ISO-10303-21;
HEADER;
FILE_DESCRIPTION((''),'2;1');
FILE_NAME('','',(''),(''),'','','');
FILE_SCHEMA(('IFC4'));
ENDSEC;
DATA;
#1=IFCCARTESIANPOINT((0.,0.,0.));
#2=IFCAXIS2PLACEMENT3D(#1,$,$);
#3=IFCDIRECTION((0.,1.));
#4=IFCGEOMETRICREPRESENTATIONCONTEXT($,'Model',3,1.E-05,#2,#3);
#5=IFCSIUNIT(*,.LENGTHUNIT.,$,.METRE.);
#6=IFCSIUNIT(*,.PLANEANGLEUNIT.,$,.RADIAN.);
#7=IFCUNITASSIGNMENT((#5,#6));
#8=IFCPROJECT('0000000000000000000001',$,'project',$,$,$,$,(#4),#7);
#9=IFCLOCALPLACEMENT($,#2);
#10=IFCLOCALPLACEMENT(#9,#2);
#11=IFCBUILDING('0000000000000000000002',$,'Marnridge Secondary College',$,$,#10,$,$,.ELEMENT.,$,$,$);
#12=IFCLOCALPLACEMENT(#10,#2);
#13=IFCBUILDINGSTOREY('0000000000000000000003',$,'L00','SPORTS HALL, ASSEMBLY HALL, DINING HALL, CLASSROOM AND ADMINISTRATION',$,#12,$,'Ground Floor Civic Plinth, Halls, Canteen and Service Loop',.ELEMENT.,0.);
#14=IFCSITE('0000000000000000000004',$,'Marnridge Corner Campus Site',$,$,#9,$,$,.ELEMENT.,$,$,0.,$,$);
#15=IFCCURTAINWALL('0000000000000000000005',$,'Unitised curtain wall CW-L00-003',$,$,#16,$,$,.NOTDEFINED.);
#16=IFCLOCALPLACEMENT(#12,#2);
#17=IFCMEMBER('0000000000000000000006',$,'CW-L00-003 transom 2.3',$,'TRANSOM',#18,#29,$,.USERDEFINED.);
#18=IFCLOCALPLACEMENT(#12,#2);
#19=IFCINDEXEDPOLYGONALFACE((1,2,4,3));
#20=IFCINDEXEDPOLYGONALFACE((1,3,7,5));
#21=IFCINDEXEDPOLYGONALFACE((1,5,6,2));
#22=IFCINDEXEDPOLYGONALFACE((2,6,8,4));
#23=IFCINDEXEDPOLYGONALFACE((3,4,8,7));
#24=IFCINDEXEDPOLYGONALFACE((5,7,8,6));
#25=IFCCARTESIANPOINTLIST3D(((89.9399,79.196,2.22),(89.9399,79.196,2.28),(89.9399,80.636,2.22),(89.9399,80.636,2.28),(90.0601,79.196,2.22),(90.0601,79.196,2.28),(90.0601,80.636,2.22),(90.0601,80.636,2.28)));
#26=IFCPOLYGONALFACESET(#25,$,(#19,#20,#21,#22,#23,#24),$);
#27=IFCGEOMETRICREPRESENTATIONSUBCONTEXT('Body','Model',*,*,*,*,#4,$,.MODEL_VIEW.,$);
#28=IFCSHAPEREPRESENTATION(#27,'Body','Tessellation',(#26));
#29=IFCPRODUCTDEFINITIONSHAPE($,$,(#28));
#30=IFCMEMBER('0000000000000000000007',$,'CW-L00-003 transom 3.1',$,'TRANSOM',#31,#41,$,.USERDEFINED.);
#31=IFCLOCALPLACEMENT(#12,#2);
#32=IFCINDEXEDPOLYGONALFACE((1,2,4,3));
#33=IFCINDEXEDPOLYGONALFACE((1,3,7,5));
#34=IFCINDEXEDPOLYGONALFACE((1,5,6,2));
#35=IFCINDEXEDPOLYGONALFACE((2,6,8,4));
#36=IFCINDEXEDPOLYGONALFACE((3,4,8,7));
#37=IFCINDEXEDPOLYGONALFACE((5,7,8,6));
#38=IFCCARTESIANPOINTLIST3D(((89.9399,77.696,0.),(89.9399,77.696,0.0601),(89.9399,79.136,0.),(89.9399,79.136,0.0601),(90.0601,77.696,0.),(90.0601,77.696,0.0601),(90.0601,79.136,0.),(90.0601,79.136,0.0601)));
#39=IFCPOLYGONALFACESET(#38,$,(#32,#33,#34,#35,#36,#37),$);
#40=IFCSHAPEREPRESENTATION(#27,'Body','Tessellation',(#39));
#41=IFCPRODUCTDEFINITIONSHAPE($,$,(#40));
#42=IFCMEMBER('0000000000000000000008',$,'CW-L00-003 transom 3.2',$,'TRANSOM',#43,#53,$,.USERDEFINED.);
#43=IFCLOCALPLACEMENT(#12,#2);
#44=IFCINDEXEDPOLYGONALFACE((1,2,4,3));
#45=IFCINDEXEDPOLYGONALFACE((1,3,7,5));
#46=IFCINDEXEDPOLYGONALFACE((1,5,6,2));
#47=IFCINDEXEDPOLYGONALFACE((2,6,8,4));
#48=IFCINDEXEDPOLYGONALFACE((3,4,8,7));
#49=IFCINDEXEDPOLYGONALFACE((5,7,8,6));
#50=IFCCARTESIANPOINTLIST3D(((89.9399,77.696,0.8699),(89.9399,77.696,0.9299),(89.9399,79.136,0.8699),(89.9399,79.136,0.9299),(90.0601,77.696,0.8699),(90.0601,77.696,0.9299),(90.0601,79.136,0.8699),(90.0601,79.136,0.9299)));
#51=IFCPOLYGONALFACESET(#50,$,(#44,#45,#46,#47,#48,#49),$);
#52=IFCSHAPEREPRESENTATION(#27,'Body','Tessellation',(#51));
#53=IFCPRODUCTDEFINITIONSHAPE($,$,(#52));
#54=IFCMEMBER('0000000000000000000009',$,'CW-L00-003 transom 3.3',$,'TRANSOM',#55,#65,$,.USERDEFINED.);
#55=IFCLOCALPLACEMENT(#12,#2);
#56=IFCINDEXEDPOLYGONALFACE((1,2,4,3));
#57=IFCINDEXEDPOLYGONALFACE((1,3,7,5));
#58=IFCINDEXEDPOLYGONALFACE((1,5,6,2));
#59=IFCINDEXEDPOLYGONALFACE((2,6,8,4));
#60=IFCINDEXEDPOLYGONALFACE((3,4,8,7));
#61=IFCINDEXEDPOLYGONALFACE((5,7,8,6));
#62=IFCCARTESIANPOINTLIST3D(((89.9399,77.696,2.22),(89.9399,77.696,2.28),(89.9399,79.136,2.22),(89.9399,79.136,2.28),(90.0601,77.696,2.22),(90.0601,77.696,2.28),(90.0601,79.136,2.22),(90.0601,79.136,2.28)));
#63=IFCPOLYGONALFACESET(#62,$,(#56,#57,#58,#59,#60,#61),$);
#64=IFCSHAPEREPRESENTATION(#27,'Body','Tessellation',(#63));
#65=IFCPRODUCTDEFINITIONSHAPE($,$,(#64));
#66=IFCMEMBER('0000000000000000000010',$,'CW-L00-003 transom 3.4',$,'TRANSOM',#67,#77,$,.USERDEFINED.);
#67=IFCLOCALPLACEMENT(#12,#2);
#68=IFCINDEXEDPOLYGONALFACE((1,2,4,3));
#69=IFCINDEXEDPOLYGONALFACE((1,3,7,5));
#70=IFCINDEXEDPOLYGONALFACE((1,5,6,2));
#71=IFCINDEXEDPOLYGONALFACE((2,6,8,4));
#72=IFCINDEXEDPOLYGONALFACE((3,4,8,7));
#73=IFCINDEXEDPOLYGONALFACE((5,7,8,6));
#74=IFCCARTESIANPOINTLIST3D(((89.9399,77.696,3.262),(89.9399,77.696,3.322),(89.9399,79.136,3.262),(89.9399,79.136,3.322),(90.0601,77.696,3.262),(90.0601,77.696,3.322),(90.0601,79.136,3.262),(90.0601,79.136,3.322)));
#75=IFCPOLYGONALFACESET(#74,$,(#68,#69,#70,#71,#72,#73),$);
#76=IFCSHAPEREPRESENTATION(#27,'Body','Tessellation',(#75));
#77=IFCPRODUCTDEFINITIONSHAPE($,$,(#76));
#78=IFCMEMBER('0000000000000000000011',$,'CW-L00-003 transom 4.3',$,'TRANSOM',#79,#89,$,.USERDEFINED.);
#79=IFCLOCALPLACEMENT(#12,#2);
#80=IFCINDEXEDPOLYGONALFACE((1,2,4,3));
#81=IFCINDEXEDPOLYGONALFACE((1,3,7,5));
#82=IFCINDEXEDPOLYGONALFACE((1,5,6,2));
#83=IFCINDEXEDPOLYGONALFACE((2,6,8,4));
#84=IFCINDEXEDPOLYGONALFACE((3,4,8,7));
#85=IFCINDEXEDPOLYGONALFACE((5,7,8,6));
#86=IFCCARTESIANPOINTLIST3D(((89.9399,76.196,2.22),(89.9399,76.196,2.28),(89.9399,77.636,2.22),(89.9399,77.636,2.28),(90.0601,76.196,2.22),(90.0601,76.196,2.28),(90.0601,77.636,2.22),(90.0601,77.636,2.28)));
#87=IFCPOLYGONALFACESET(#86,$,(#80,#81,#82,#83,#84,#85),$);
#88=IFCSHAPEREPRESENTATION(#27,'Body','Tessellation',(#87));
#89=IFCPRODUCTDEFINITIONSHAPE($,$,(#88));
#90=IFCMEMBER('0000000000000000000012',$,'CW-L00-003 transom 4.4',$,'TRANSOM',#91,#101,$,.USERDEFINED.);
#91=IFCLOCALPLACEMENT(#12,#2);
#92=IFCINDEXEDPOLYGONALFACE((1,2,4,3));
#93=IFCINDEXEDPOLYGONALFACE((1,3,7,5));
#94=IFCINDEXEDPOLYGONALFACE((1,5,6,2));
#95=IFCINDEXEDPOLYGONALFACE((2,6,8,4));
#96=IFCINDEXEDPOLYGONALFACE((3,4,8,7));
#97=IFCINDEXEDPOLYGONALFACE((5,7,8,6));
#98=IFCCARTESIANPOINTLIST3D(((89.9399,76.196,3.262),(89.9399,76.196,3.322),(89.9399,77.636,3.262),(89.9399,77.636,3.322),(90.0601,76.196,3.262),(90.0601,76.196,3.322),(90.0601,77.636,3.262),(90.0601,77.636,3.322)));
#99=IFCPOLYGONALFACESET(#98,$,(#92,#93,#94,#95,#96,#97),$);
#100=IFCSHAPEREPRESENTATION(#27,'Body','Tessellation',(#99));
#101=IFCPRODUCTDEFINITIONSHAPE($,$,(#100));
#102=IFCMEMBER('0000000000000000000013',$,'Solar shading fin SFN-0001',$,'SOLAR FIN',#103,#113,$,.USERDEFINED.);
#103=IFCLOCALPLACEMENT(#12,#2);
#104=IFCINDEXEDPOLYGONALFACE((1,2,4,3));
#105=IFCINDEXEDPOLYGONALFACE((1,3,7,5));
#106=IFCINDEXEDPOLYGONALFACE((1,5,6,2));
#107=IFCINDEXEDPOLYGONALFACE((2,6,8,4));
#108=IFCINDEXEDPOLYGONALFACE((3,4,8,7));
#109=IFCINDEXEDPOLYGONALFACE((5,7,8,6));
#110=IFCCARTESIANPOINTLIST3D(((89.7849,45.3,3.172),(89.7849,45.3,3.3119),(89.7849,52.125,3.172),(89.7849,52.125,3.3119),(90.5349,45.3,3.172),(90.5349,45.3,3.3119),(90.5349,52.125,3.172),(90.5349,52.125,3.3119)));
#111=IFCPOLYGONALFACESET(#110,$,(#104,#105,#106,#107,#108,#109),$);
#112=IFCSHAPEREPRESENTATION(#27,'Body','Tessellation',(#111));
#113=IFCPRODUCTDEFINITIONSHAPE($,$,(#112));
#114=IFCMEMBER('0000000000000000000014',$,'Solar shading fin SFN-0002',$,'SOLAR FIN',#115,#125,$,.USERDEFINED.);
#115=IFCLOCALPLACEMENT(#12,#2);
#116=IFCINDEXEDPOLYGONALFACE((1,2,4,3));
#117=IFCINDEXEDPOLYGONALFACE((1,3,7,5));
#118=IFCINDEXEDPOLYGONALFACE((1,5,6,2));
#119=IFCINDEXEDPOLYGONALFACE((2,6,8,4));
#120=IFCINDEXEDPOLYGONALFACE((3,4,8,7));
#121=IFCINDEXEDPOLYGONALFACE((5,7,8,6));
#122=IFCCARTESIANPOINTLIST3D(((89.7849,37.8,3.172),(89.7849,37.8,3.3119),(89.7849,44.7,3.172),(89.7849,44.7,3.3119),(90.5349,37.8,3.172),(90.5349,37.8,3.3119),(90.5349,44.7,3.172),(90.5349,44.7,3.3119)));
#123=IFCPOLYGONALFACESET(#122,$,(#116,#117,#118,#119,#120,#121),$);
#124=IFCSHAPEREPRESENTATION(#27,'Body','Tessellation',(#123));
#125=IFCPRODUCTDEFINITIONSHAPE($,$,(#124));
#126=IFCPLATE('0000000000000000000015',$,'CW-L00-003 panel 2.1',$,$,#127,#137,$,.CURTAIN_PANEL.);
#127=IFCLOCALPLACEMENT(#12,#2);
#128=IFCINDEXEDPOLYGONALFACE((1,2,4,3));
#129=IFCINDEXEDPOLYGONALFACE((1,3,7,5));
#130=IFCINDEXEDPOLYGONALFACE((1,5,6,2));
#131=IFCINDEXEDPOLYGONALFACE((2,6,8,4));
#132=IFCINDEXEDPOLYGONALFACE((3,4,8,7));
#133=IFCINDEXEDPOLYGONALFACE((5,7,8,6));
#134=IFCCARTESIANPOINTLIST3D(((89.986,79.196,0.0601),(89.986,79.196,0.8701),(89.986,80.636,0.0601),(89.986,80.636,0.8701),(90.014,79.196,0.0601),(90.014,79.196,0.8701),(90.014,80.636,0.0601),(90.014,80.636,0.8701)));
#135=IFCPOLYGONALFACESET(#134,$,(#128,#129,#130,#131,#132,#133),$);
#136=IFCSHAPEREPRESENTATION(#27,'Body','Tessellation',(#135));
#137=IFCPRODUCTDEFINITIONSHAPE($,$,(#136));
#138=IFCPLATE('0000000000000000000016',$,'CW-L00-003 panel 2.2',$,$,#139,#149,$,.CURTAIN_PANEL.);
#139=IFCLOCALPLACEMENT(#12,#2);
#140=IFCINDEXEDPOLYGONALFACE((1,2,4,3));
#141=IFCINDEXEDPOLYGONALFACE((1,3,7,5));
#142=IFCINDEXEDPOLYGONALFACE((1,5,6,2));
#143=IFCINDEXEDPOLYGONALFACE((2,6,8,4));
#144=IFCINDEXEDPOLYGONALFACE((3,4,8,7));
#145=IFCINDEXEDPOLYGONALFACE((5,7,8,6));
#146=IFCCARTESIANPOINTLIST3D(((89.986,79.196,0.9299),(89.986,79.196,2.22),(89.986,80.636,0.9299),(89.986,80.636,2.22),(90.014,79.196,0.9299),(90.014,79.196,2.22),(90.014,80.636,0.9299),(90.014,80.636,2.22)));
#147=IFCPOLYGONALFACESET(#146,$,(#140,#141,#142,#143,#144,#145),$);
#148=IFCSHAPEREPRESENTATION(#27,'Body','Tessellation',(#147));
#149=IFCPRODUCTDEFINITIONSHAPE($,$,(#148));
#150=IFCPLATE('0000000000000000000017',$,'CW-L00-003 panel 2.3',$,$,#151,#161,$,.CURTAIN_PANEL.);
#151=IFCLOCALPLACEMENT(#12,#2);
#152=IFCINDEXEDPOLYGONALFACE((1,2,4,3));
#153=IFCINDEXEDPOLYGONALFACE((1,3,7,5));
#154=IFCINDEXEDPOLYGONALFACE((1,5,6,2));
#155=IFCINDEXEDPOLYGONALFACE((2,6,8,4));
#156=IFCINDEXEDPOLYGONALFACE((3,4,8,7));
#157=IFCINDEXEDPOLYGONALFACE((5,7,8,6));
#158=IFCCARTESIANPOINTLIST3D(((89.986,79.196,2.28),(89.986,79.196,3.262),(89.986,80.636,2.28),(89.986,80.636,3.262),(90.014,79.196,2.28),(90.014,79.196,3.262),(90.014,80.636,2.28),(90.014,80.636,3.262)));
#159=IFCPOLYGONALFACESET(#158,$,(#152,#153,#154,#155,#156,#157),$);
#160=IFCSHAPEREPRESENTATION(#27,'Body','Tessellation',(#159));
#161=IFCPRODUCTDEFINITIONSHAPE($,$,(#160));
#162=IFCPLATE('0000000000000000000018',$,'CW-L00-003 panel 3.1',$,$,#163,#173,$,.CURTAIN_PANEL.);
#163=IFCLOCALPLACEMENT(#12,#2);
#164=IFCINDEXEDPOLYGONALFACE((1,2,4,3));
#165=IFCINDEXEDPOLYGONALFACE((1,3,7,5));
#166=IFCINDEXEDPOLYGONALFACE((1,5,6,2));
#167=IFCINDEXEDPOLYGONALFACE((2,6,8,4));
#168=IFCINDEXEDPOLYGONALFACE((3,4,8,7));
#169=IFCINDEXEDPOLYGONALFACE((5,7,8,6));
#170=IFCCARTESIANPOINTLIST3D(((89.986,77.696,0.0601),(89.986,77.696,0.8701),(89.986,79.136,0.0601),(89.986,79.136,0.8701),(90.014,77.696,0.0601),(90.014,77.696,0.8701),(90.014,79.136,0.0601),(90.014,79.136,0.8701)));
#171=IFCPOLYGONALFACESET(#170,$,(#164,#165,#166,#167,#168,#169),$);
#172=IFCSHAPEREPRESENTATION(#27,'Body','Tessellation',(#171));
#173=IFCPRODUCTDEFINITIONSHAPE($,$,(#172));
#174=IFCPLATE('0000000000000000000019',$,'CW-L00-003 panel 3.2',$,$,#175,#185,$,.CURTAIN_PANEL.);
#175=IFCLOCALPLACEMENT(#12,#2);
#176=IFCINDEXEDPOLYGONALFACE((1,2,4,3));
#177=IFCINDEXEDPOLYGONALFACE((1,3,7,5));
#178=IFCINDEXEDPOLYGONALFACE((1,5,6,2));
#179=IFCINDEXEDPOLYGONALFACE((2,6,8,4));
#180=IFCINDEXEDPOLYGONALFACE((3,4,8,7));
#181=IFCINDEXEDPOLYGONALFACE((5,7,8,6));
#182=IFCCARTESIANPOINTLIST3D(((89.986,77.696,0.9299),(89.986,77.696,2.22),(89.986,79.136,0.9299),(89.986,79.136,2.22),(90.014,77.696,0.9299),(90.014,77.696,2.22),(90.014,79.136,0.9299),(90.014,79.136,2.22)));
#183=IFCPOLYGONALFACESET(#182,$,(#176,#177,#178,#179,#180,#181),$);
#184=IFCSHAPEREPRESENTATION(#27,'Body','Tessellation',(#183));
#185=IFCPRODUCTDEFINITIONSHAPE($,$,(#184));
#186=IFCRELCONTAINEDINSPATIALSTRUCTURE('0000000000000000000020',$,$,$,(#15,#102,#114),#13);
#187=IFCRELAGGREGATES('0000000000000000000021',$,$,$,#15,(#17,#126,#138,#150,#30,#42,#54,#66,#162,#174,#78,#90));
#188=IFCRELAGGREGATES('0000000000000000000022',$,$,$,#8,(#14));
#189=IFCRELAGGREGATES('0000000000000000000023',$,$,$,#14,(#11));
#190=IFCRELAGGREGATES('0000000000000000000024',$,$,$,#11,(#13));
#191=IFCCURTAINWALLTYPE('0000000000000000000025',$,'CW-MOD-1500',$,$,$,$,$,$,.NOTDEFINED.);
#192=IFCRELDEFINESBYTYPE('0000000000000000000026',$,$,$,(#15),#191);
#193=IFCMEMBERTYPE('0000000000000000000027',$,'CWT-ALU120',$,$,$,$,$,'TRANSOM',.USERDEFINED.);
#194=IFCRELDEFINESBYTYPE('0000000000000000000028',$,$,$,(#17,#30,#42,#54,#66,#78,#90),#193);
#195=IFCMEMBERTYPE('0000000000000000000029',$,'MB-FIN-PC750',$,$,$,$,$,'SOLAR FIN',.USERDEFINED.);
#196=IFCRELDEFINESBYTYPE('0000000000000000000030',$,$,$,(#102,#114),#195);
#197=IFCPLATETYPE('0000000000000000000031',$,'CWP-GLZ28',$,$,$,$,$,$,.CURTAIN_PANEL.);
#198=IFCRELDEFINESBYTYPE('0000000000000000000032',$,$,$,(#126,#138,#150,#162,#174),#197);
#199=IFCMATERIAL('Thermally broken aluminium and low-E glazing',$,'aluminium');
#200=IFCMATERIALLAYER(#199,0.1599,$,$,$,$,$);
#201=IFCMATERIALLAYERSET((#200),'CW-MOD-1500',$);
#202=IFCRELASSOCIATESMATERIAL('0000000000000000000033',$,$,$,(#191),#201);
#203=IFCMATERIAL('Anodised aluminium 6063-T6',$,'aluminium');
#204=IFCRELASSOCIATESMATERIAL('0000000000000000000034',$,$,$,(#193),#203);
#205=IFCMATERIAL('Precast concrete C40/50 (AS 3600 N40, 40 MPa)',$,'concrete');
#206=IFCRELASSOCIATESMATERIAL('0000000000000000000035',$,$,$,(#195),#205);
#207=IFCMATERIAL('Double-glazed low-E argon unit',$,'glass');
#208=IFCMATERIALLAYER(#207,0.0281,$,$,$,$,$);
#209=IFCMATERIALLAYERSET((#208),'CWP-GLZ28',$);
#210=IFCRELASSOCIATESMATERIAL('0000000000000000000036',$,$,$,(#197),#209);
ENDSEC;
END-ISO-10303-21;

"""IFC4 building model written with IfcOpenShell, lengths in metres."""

from ifc_helpers import new_model, si_unit, direction, frame, origin, origin_2d, place, context, subcontext, project, spatial, rectangle, extrude, material, layer, layer_set, material_profile, profile_set, type_object, element, aggregate, save


model = new_model("IFC4")

# Units and contexts
model_context = context("Model", 3, precision=1e-05, world=origin(), true_north=direction((0.0, 1.0)))
body_context = subcontext(model_context, "Body", "Model", "MODEL_VIEW")
ifc_project = project(units=[si_unit("LENGTHUNIT", "METRE"), si_unit("PLANEANGLEUNIT", "RADIAN")], contexts=[model_context])

# Site, building, storey
site_placement = place(None, origin())
site = spatial("IfcSite", under=ifc_project, at=site_placement, Name="Marnridge Corner Campus Site", CompositionType="ELEMENT", RefElevation=0.0)
building_placement = place(site_placement, origin())
building = spatial("IfcBuilding", under=site, at=building_placement, Name="Marnridge Secondary College", CompositionType="ELEMENT")
storey_placement = place(building_placement, origin())
storey = spatial("IfcBuildingStorey", under=building, at=storey_placement, Name="L00", Description="SPORTS HALL, ASSEMBLY HALL, DINING HALL, CLASSROOM AND ADMINISTRATION", LongName="Ground Floor Civic Plinth, Halls, Canteen and Service Loop", CompositionType="ELEMENT", Elevation=0.0)

# Curtain wall, members
ifc_material_1 = material(Name="Thermally broken aluminium and low-E glazing", Category="aluminium")
ifc_layer_1 = layer(ifc_material_1, 0.1599)
ifc_layer_set_1 = layer_set([ifc_layer_1], Name="CW-MOD-1500")
curtain_wall_type = type_object("IfcCurtainWallType", Name="CW-MOD-1500", PredefinedType="NOTDEFINED", material=ifc_layer_set_1)
curtain_wall_placement = place(storey_placement, origin())
curtain_wall = element("IfcCurtainWall", 1, at=curtain_wall_placement, inside=storey, type_object=curtain_wall_type, Name="Unitised curtain wall CW-L00-003", PredefinedType="NOTDEFINED")
ifc_material_2 = material(Name="Anodised aluminium 6063-T6", Category="aluminium")
ifc_material_profile_1 = material_profile(ifc_material_2, rectangle(XDim=0.0601, YDim=0.1201, at=origin_2d()), Name="ALU 60x120")
ifc_profile_set_1 = profile_set([ifc_material_profile_1], Name="Anodised aluminium 6063-T6")
member_type_1 = type_object("IfcMemberType", Name="CWT-ALU120", ElementType="TRANSOM", PredefinedType="USERDEFINED", material=ifc_profile_set_1)
member_1_placement = place(storey_placement, frame((90.0, 80.636, 2.25), z_axis=(0.0, -1.0, 0.0), x_axis=(0.0, 0.0, 1.0)))
member_1 = element("IfcMember", 2, at=member_1_placement, type_object=member_type_1, Name="CW-L00-003 transom 2.3", ObjectType="TRANSOM", PredefinedType="USERDEFINED", context=body_context, shape_type="SweptSolid", body=[
    extrude(rectangle(XDim=0.0601, YDim=0.1201, at=origin_2d()), origin(), (0.0, 0.0, 1.0), 1.4399),
])
member_2_placement = place(storey_placement, frame((90.0, 79.136, 0.03), z_axis=(0.0, -1.0, 0.0), x_axis=(0.0, 0.0, 1.0)))
member_2 = element("IfcMember", 3, at=member_2_placement, type_object=member_type_1, Name="CW-L00-003 transom 3.1", ObjectType="TRANSOM", PredefinedType="USERDEFINED", context=body_context, shape_type="SweptSolid", body=[
    extrude(rectangle(XDim=0.0601, YDim=0.1201, at=origin_2d()), origin(), (0.0, 0.0, 1.0), 1.4399),
])
member_3_placement = place(storey_placement, frame((90.0, 79.136, 0.8999), z_axis=(0.0, -1.0, 0.0), x_axis=(0.0, 0.0, 1.0)))
member_3 = element("IfcMember", 4, at=member_3_placement, type_object=member_type_1, Name="CW-L00-003 transom 3.2", ObjectType="TRANSOM", PredefinedType="USERDEFINED", context=body_context, shape_type="SweptSolid", body=[
    extrude(rectangle(XDim=0.0601, YDim=0.1201, at=origin_2d()), origin(), (0.0, 0.0, 1.0), 1.4399),
])
member_4_placement = place(storey_placement, frame((90.0, 79.136, 2.25), z_axis=(0.0, -1.0, 0.0), x_axis=(0.0, 0.0, 1.0)))
member_4 = element("IfcMember", 5, at=member_4_placement, type_object=member_type_1, Name="CW-L00-003 transom 3.3", ObjectType="TRANSOM", PredefinedType="USERDEFINED", context=body_context, shape_type="SweptSolid", body=[
    extrude(rectangle(XDim=0.0601, YDim=0.1201, at=origin_2d()), origin(), (0.0, 0.0, 1.0), 1.4399),
])
member_5_placement = place(storey_placement, frame((90.0, 79.136, 3.292), z_axis=(0.0, -1.0, 0.0), x_axis=(0.0, 0.0, 1.0)))
member_5 = element("IfcMember", 6, at=member_5_placement, type_object=member_type_1, Name="CW-L00-003 transom 3.4", ObjectType="TRANSOM", PredefinedType="USERDEFINED", context=body_context, shape_type="SweptSolid", body=[
    extrude(rectangle(XDim=0.0601, YDim=0.1201, at=origin_2d()), origin(), (0.0, 0.0, 1.0), 1.4399),
])
member_6_placement = place(storey_placement, frame((90.0, 77.636, 2.25), z_axis=(0.0, -1.0, 0.0), x_axis=(0.0, 0.0, 1.0)))
member_6 = element("IfcMember", 7, at=member_6_placement, type_object=member_type_1, Name="CW-L00-003 transom 4.3", ObjectType="TRANSOM", PredefinedType="USERDEFINED", context=body_context, shape_type="SweptSolid", body=[
    extrude(rectangle(XDim=0.0601, YDim=0.1201, at=origin_2d()), origin(), (0.0, 0.0, 1.0), 1.4399),
])
member_7_placement = place(storey_placement, frame((90.0, 77.636, 3.292), z_axis=(0.0, -1.0, 0.0), x_axis=(0.0, 0.0, 1.0)))
member_7 = element("IfcMember", 8, at=member_7_placement, type_object=member_type_1, Name="CW-L00-003 transom 4.4", ObjectType="TRANSOM", PredefinedType="USERDEFINED", context=body_context, shape_type="SweptSolid", body=[
    extrude(rectangle(XDim=0.0601, YDim=0.1201, at=origin_2d()), origin(), (0.0, 0.0, 1.0), 1.4399),
])

# Members
ifc_material_3 = material(Name="Precast concrete C40/50 (AS 3600 N40, 40 MPa)", Category="concrete")
ifc_material_profile_2 = material_profile(ifc_material_3, rectangle(XDim=0.1399, YDim=0.75, at=origin_2d()), Name="FIN PC 140x750")
ifc_profile_set_2 = profile_set([ifc_material_profile_2], Name="Precast concrete C40/50 (AS 3600 N40, 40 MPa)")
member_type_2 = type_object("IfcMemberType", Name="MB-FIN-PC750", ElementType="SOLAR FIN", PredefinedType="USERDEFINED", material=ifc_profile_set_2)
member_8_placement = place(storey_placement, frame((90.1599, 52.125, 3.2419), z_axis=(0.0, -1.0, 0.0), x_axis=(0.0, 0.0, 1.0)))
element("IfcMember", 9, at=member_8_placement, inside=storey, type_object=member_type_2, Name="Solar shading fin SFN-0001", ObjectType="SOLAR FIN", PredefinedType="USERDEFINED", context=body_context, shape_type="SweptSolid", body=[
    extrude(rectangle(XDim=0.1399, YDim=0.75, at=origin_2d()), origin(), (0.0, 0.0, 1.0), 6.825),
])
member_9_placement = place(storey_placement, frame((90.1599, 44.7, 3.2419), z_axis=(0.0, -1.0, 0.0), x_axis=(0.0, 0.0, 1.0)))
element("IfcMember", 10, at=member_9_placement, inside=storey, type_object=member_type_2, Name="Solar shading fin SFN-0002", ObjectType="SOLAR FIN", PredefinedType="USERDEFINED", context=body_context, shape_type="SweptSolid", body=[
    extrude(rectangle(XDim=0.1399, YDim=0.75, at=origin_2d()), origin(), (0.0, 0.0, 1.0), 6.8999),
])

# Plates
ifc_material_4 = material(Name="Double-glazed low-E argon unit", Category="glass")
ifc_layer_2 = layer(ifc_material_4, 0.0281)
ifc_layer_set_2 = layer_set([ifc_layer_2], Name="CWP-GLZ28")
plate_type_1 = type_object("IfcPlateType", Name="CWP-GLZ28", PredefinedType="CURTAIN_PANEL", material=ifc_layer_set_2)
plate_1_placement = place(storey_placement, frame((90.0, 79.916, 0.0601), z_axis=(0.0, 0.0, 1.0), x_axis=(0.0, -1.0, 0.0)))
plate_1 = element("IfcPlate", 11, at=plate_1_placement, type_object=plate_type_1, Name="CW-L00-003 panel 2.1", PredefinedType="CURTAIN_PANEL", context=body_context, shape_type="SweptSolid", body=[
    extrude(rectangle(XDim=1.4399, YDim=0.0281, at=origin_2d()), origin(), (0.0, 0.0, 1.0), 0.8101),
])
plate_2_placement = place(storey_placement, frame((90.0, 79.916, 0.9299), z_axis=(0.0, 0.0, 1.0), x_axis=(0.0, -1.0, 0.0)))
plate_2 = element("IfcPlate", 12, at=plate_2_placement, type_object=plate_type_1, Name="CW-L00-003 panel 2.2", PredefinedType="CURTAIN_PANEL", context=body_context, shape_type="SweptSolid", body=[
    extrude(rectangle(XDim=1.4399, YDim=0.0281, at=origin_2d()), origin(), (0.0, 0.0, 1.0), 1.29),
])
plate_3_placement = place(storey_placement, frame((90.0, 79.916, 2.28), z_axis=(0.0, 0.0, 1.0), x_axis=(0.0, -1.0, 0.0)))
plate_3 = element("IfcPlate", 13, at=plate_3_placement, type_object=plate_type_1, Name="CW-L00-003 panel 2.3", PredefinedType="CURTAIN_PANEL", context=body_context, shape_type="SweptSolid", body=[
    extrude(rectangle(XDim=1.4399, YDim=0.0281, at=origin_2d()), origin(), (0.0, 0.0, 1.0), 0.9819),
])
plate_4_placement = place(storey_placement, frame((90.0, 78.416, 0.0601), z_axis=(0.0, 0.0, 1.0), x_axis=(0.0, -1.0, 0.0)))
plate_4 = element("IfcPlate", 14, at=plate_4_placement, type_object=plate_type_1, Name="CW-L00-003 panel 3.1", PredefinedType="CURTAIN_PANEL", context=body_context, shape_type="SweptSolid", body=[
    extrude(rectangle(XDim=1.4399, YDim=0.0281, at=origin_2d()), origin(), (0.0, 0.0, 1.0), 0.8101),
])
plate_5_placement = place(storey_placement, frame((90.0, 78.416, 0.9299), z_axis=(0.0, 0.0, 1.0), x_axis=(0.0, -1.0, 0.0)))
plate_5 = element("IfcPlate", 15, at=plate_5_placement, type_object=plate_type_1, Name="CW-L00-003 panel 3.2", PredefinedType="CURTAIN_PANEL", context=body_context, shape_type="SweptSolid", body=[
    extrude(rectangle(XDim=1.4399, YDim=0.0281, at=origin_2d()), origin(), (0.0, 0.0, 1.0), 1.29),
])
aggregate(curtain_wall, [member_1, plate_1, plate_2, plate_3, member_2, member_3, member_4, member_5, plate_4, plate_5, member_6, member_7])

save(model, "model.ifc")
